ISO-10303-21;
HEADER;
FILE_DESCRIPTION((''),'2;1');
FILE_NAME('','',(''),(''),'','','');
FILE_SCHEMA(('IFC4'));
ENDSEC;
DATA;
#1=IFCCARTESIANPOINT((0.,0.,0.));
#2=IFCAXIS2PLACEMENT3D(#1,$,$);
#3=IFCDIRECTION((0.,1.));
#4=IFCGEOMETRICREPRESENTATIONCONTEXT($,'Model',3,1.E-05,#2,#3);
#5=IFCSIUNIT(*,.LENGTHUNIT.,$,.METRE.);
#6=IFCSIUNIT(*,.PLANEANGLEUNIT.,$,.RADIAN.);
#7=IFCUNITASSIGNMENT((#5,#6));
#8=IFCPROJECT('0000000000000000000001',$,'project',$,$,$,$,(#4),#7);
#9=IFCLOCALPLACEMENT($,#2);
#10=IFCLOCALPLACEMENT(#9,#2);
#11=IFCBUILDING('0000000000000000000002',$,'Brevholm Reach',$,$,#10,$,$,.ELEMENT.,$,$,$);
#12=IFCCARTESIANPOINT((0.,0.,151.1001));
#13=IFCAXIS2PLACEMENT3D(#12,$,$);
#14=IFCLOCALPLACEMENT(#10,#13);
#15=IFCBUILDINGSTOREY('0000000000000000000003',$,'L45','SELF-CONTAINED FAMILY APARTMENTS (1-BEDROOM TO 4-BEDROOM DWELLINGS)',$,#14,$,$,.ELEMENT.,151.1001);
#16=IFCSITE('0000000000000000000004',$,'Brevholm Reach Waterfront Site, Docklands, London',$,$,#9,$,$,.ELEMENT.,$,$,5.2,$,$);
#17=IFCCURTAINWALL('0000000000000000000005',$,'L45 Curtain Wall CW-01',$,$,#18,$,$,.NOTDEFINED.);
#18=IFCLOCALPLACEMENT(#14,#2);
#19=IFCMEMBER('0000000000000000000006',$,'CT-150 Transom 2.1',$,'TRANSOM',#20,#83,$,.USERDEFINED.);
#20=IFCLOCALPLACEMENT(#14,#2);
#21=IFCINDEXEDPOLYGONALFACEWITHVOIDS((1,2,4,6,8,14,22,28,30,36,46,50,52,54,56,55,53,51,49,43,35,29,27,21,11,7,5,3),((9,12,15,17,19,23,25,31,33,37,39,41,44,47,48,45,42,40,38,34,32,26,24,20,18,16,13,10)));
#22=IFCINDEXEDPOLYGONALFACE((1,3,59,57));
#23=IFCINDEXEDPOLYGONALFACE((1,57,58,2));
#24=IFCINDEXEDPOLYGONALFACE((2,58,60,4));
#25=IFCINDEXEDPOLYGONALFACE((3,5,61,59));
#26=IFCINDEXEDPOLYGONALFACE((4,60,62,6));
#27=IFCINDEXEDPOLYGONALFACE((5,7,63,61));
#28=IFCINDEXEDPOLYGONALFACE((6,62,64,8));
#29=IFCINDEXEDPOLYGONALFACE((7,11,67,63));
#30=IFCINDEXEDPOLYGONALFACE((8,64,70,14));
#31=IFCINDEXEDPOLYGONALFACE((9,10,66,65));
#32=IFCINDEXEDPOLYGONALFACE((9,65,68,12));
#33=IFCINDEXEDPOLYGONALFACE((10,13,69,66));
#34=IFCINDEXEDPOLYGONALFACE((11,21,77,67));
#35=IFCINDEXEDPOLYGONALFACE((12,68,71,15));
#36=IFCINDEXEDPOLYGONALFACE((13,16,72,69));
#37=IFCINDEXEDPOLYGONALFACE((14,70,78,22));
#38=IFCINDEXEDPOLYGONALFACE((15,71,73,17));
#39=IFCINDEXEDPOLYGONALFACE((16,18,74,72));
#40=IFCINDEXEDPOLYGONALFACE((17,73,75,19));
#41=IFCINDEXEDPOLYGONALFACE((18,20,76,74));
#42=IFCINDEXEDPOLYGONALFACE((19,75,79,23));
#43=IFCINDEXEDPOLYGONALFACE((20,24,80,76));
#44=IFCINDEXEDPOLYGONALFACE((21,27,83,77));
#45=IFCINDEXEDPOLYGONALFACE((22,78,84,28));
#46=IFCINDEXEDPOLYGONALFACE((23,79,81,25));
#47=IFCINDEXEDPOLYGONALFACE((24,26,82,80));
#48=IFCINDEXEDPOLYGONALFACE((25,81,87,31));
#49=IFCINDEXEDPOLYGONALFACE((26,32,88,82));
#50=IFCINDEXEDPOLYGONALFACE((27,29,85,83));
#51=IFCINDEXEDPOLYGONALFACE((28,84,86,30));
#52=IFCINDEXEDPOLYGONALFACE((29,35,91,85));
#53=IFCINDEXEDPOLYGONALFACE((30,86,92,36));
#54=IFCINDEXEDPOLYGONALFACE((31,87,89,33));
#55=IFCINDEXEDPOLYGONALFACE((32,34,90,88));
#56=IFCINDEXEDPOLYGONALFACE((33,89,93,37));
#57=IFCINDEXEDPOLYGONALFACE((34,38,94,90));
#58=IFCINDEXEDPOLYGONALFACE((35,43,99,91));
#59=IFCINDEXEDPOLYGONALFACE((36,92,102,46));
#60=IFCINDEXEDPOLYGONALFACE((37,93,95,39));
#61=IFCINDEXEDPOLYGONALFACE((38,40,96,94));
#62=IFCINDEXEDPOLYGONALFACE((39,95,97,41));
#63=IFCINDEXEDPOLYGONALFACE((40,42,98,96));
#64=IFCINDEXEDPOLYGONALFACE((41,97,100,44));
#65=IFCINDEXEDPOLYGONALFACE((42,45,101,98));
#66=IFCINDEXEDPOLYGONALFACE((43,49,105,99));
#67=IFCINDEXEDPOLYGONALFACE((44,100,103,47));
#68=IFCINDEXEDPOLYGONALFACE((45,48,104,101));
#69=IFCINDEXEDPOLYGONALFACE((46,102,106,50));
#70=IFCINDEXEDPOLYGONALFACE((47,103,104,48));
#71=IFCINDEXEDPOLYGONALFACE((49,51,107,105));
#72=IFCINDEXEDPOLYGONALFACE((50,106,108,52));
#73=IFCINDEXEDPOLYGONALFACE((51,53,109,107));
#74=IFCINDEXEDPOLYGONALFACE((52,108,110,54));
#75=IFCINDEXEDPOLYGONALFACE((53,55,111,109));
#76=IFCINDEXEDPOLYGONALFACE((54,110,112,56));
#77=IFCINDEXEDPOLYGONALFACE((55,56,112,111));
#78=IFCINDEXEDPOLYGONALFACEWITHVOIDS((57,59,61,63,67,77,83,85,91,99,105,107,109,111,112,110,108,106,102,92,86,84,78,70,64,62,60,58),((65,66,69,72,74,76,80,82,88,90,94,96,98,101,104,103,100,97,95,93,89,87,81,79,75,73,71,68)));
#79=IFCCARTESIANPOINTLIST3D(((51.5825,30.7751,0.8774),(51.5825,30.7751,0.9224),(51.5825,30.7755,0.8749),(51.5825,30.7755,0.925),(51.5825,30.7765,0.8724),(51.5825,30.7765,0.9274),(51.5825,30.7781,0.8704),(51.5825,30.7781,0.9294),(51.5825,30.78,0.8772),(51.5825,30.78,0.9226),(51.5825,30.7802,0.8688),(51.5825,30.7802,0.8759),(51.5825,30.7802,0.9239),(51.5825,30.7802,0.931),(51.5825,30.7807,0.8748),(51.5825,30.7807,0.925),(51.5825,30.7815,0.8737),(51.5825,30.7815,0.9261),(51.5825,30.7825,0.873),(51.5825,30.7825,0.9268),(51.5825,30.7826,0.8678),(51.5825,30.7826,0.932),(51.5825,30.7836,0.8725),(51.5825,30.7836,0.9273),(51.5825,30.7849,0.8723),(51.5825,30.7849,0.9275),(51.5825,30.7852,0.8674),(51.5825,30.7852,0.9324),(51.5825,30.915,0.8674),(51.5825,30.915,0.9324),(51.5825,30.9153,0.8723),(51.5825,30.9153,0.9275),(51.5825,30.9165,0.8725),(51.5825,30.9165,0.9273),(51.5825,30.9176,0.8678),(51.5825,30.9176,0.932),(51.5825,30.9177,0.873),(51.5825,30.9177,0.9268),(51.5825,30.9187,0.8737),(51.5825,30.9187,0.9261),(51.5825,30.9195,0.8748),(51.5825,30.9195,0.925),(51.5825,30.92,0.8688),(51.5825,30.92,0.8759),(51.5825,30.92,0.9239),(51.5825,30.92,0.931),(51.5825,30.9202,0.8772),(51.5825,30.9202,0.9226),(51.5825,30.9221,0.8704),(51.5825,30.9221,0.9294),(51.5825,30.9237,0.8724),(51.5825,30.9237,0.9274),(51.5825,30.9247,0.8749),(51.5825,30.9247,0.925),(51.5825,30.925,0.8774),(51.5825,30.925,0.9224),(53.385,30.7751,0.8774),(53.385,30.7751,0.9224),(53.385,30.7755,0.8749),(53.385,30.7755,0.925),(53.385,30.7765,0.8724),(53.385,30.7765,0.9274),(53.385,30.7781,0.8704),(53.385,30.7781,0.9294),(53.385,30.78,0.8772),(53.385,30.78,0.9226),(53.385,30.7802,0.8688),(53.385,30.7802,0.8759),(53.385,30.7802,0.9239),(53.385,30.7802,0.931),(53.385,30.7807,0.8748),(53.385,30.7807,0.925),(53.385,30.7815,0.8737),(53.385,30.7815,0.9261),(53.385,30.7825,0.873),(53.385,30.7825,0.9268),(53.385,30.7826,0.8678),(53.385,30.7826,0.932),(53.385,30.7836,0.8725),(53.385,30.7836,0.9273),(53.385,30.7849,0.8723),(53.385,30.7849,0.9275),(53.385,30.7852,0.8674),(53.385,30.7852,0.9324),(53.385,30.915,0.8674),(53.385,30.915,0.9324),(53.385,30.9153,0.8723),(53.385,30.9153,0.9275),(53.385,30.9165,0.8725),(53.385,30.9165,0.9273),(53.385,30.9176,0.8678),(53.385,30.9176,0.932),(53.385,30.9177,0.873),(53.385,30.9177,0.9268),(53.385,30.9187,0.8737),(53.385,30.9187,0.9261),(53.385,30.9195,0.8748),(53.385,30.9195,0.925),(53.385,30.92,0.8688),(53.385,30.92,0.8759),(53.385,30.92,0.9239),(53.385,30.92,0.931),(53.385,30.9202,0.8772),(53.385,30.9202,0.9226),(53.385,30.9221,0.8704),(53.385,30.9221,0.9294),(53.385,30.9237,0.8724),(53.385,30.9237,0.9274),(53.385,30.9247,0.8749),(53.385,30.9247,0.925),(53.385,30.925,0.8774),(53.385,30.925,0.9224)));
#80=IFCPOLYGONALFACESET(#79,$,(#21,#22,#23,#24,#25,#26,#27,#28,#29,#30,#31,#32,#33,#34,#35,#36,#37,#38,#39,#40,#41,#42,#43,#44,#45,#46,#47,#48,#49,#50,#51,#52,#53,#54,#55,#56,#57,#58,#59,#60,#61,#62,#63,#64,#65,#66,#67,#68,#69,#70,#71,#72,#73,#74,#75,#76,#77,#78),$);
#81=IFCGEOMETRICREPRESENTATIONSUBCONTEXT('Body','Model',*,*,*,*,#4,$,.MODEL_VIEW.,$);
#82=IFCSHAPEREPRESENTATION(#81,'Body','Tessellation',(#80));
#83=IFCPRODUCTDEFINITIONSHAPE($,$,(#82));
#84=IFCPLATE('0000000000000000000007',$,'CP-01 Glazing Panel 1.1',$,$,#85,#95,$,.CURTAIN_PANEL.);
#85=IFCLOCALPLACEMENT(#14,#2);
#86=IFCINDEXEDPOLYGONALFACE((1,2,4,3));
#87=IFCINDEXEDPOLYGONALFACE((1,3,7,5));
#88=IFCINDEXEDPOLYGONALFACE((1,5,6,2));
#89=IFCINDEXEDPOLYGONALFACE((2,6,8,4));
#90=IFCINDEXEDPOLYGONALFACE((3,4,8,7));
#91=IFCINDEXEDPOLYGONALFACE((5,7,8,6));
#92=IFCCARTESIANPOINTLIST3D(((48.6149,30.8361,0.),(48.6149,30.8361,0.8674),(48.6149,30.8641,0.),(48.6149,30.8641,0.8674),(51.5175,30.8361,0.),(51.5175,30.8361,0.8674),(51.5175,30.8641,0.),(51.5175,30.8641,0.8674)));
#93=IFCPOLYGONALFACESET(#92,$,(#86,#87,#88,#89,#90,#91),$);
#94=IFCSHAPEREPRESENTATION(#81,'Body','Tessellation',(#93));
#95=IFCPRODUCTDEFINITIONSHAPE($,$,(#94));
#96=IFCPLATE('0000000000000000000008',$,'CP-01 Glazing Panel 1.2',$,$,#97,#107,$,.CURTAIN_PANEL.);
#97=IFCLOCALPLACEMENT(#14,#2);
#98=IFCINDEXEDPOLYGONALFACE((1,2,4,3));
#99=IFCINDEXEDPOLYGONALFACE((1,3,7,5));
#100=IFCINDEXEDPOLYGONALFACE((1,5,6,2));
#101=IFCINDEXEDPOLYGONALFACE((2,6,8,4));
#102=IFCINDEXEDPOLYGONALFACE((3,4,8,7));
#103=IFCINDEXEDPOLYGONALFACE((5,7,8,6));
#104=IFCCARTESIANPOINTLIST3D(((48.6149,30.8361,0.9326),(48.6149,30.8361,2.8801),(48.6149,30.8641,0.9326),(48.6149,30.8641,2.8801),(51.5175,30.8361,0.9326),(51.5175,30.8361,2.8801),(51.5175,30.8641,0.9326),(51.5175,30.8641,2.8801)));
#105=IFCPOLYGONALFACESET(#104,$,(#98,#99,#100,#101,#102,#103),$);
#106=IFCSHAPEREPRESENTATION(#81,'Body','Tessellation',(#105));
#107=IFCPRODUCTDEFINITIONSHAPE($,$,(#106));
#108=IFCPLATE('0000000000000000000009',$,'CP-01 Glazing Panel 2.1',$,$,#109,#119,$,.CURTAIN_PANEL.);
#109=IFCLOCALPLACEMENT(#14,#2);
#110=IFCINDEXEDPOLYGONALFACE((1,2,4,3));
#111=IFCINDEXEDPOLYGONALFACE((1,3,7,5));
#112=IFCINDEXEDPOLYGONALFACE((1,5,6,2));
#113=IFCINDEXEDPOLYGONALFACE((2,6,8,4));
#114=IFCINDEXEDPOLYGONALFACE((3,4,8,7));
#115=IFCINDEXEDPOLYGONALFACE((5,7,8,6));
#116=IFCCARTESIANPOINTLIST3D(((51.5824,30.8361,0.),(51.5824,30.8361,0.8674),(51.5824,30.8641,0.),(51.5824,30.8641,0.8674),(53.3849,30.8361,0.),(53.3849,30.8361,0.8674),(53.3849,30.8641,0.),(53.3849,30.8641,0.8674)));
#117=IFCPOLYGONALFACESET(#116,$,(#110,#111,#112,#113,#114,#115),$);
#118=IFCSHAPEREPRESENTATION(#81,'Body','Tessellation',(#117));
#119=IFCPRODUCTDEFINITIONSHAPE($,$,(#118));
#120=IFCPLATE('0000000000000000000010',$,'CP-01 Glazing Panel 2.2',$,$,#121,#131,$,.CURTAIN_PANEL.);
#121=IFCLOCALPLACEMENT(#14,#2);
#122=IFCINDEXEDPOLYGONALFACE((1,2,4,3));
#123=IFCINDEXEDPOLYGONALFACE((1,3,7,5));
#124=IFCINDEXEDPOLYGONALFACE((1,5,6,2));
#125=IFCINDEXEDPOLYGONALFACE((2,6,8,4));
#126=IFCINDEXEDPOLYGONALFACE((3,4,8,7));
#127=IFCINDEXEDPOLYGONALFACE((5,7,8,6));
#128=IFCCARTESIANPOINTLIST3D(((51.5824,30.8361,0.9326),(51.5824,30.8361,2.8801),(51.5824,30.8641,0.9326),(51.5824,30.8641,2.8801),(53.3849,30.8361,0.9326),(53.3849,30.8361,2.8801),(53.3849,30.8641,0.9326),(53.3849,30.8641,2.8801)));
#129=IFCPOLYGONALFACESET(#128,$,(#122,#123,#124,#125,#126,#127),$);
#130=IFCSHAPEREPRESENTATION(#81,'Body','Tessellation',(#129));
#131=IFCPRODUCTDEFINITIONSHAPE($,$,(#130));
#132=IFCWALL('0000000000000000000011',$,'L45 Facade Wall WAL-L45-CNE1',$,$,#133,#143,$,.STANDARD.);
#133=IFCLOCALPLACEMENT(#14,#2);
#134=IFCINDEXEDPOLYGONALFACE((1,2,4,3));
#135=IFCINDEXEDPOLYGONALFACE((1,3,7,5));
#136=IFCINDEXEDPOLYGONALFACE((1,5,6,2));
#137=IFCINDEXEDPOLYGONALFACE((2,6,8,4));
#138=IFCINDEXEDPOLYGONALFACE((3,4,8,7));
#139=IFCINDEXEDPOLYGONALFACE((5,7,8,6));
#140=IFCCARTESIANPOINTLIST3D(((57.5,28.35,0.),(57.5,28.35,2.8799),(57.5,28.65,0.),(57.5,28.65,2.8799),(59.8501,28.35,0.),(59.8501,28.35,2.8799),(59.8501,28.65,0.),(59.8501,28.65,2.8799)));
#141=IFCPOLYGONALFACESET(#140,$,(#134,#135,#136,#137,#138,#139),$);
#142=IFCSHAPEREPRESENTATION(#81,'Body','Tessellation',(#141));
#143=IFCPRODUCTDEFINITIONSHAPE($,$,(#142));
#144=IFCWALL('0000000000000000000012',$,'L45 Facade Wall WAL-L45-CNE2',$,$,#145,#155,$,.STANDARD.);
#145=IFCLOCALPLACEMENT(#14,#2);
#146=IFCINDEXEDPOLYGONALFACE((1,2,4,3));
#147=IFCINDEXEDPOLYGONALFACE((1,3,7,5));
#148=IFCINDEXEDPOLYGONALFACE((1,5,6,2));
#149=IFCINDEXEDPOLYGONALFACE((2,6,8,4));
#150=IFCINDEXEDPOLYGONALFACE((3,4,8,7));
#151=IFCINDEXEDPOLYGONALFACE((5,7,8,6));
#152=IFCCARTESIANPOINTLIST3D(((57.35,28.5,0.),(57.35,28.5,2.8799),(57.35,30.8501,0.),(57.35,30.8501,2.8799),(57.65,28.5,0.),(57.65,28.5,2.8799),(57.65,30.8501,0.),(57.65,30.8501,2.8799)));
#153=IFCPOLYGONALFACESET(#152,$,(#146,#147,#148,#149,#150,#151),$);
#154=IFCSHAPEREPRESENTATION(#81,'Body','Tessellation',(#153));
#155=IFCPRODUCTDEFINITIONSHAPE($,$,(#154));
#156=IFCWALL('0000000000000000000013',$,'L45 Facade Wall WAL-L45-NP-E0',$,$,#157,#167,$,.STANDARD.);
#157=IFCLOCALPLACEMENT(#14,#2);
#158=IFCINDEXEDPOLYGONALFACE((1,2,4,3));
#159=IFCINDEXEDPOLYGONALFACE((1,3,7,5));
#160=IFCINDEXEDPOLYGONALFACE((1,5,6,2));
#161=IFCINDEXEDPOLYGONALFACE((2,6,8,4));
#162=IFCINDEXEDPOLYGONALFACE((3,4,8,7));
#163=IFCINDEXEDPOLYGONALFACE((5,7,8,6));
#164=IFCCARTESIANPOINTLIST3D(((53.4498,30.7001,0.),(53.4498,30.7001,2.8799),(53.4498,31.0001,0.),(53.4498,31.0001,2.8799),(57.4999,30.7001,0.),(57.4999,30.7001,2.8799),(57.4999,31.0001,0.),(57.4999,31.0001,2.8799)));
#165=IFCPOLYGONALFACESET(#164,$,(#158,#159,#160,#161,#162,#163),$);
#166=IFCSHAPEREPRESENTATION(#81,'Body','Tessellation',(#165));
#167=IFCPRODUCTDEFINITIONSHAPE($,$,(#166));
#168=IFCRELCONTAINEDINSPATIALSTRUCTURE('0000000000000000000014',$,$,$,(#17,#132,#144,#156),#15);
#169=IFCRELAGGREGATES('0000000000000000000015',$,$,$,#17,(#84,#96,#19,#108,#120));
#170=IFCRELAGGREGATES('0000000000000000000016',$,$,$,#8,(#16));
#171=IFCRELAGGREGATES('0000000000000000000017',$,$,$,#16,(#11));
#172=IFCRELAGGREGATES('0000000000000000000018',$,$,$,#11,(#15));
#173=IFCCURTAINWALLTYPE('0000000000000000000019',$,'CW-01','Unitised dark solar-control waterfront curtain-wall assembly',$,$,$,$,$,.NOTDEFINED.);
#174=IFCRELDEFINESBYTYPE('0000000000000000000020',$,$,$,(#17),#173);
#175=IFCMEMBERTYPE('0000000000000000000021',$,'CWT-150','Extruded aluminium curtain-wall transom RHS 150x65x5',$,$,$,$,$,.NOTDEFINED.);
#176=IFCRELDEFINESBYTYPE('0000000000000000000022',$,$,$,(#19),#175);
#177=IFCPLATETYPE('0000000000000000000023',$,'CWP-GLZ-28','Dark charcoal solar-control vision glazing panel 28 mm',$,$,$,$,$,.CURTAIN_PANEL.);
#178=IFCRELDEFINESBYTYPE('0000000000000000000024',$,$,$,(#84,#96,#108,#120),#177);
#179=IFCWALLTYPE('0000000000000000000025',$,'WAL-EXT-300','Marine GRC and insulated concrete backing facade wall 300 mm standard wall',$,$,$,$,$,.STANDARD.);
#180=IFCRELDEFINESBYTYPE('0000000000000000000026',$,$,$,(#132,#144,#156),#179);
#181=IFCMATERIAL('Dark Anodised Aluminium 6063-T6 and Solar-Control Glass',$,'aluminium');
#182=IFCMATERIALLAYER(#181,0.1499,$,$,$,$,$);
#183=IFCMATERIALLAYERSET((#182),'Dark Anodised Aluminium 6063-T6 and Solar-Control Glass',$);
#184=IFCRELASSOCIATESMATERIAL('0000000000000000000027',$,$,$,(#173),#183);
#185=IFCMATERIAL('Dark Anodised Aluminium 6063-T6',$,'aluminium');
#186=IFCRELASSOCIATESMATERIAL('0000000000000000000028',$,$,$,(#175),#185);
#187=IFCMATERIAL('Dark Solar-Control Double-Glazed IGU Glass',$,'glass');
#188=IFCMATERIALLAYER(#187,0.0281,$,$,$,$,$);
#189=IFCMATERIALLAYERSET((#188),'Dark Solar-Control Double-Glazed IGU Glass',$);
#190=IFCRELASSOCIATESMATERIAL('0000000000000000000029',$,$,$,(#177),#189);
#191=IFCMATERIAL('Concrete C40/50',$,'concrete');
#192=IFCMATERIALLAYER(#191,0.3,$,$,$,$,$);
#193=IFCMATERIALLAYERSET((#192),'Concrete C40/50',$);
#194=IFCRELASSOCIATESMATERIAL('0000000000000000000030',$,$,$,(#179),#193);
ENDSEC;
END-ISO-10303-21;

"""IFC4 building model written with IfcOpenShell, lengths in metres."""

from ifc_helpers import new_model, si_unit, direction, frame, frame_2d, origin, origin_2d, place, context, subcontext, project, spatial, rectangle, hollow_rectangle, extrude, material, layer, layer_set, material_profile, profile_set, type_object, element, aggregate, save


model = new_model("IFC4")

# Units and contexts
model_context = context("Model", 3, precision=1e-05, world=origin(), true_north=direction((0.0, 1.0)))
body_context = subcontext(model_context, "Body", "Model", "MODEL_VIEW")
ifc_project = project(units=[si_unit("LENGTHUNIT", "METRE"), si_unit("PLANEANGLEUNIT", "RADIAN")], contexts=[model_context])

# Site, building, storey
site_placement = place(None, origin())
site = spatial("IfcSite", under=ifc_project, at=site_placement, Name="Brevholm Reach Waterfront Site, Docklands, London", CompositionType="ELEMENT", RefElevation=5.2)
building_placement = place(site_placement, origin())
building = spatial("IfcBuilding", under=site, at=building_placement, Name="Brevholm Reach", CompositionType="ELEMENT")
storey_placement = place(building_placement, frame((0.0, 0.0, 151.1001)))
storey = spatial("IfcBuildingStorey", under=building, at=storey_placement, Name="L45", Description="SELF-CONTAINED FAMILY APARTMENTS (1-BEDROOM TO 4-BEDROOM DWELLINGS)", CompositionType="ELEMENT", Elevation=151.1001)

# Curtain wall, member, plates
ifc_material_1 = material(Name="Dark Anodised Aluminium 6063-T6 and Solar-Control Glass", Category="aluminium")
ifc_layer_1 = layer(ifc_material_1, 0.1499)
ifc_layer_set_1 = layer_set([ifc_layer_1], Name="Dark Anodised Aluminium 6063-T6 and Solar-Control Glass")
curtain_wall_type = type_object("IfcCurtainWallType", Name="CW-01", Description="Unitised dark solar-control waterfront curtain-wall assembly", PredefinedType="NOTDEFINED", material=ifc_layer_set_1)
curtain_wall_placement = place(storey_placement, origin())
curtain_wall = element("IfcCurtainWall", 1, at=curtain_wall_placement, inside=storey, type_object=curtain_wall_type, Name="L45 Curtain Wall CW-01", PredefinedType="NOTDEFINED")
ifc_material_2 = material(Name="Dark Anodised Aluminium 6063-T6", Category="aluminium")
ifc_material_profile_1 = material_profile(ifc_material_2, hollow_rectangle(XDim=0.0649, YDim=0.1499, WallThickness=0.0049, InnerFilletRadius=0.0049, OuterFilletRadius=0.01, at=origin_2d()), Name="RHS 150x65x5")
ifc_profile_set_1 = profile_set([ifc_material_profile_1], Name="Dark Anodised Aluminium 6063-T6")
member_type_1 = type_object("IfcMemberType", Name="CWT-150", Description="Extruded aluminium curtain-wall transom RHS 150x65x5", PredefinedType="NOTDEFINED", material=ifc_profile_set_1)
member_1_placement = place(storey_placement, frame((51.5825, 30.8501, 0.8999), z_axis=(1.0, 0.0, 0.0), x_axis=(0.0, 0.0, 1.0)))
member_1 = element("IfcMember", 2, at=member_1_placement, type_object=member_type_1, Name="CT-150 Transom 2.1", ObjectType="TRANSOM", PredefinedType="USERDEFINED", context=body_context, shape_type="SweptSolid", body=[
    extrude(hollow_rectangle(XDim=0.0649, YDim=0.1499, WallThickness=0.0049, InnerFilletRadius=0.0049, OuterFilletRadius=0.01, at=origin_2d()), origin(), (0.0, 0.0, 1.0), 1.8025),
])
ifc_material_3 = material(Name="Dark Solar-Control Double-Glazed IGU Glass", Category="glass")
ifc_layer_2 = layer(ifc_material_3, 0.0281)
ifc_layer_set_2 = layer_set([ifc_layer_2], Name="Dark Solar-Control Double-Glazed IGU Glass")
plate_type = type_object("IfcPlateType", Name="CWP-GLZ-28", Description="Dark charcoal solar-control vision glazing panel 28 mm", PredefinedType="CURTAIN_PANEL", material=ifc_layer_set_2)
plate_1_placement = place(storey_placement, frame((50.0662, 30.8501, 0.0), z_axis=(0.0, 0.0, 1.0), x_axis=(1.0, 0.0, 0.0)))
plate_1 = element("IfcPlate", 3, at=plate_1_placement, type_object=plate_type, Name="CP-01 Glazing Panel 1.1", PredefinedType="CURTAIN_PANEL", context=body_context, shape_type="SweptSolid", body=[
    extrude(rectangle(XDim=2.9026, YDim=0.0281, at=origin_2d()), origin(), (0.0, 0.0, 1.0), 0.8674),
])
plate_2_placement = place(storey_placement, frame((50.0662, 30.8501, 0.9326), z_axis=(0.0, 0.0, 1.0), x_axis=(1.0, 0.0, 0.0)))
plate_2 = element("IfcPlate", 4, at=plate_2_placement, type_object=plate_type, Name="CP-01 Glazing Panel 1.2", PredefinedType="CURTAIN_PANEL", context=body_context, shape_type="SweptSolid", body=[
    extrude(rectangle(XDim=2.9026, YDim=0.0281, at=origin_2d()), origin(), (0.0, 0.0, 1.0), 1.9475),
])
plate_3_placement = place(storey_placement, frame((52.4836, 30.8501, 0.0), z_axis=(0.0, 0.0, 1.0), x_axis=(1.0, 0.0, 0.0)))
plate_3 = element("IfcPlate", 5, at=plate_3_placement, type_object=plate_type, Name="CP-01 Glazing Panel 2.1", PredefinedType="CURTAIN_PANEL", context=body_context, shape_type="SweptSolid", body=[
    extrude(rectangle(XDim=1.8025, YDim=0.0281, at=origin_2d()), origin(), (0.0, 0.0, 1.0), 0.8674),
])
plate_4_placement = place(storey_placement, frame((52.4836, 30.8501, 0.9326), z_axis=(0.0, 0.0, 1.0), x_axis=(1.0, 0.0, 0.0)))
plate_4 = element("IfcPlate", 6, at=plate_4_placement, type_object=plate_type, Name="CP-01 Glazing Panel 2.2", PredefinedType="CURTAIN_PANEL", context=body_context, shape_type="SweptSolid", body=[
    extrude(rectangle(XDim=1.8025, YDim=0.0281, at=origin_2d()), origin(), (0.0, 0.0, 1.0), 1.9475),
])
aggregate(curtain_wall, [plate_1, plate_2, member_1, plate_3, plate_4])

# Walls
ifc_material_4 = material(Name="Concrete C40/50", Category="concrete")
ifc_layer_3 = layer(ifc_material_4, 0.3)
ifc_layer_set_3 = layer_set([ifc_layer_3], Name="Concrete C40/50")
wall_type_1 = type_object("IfcWallType", Name="WAL-EXT-300", Description="Marine GRC and insulated concrete backing facade wall 300 mm standard wall", PredefinedType="STANDARD", material=ifc_layer_set_3)
for number, where, z_axis, x_axis, name in (
    (7, (59.8501, 28.5, 0.0), (0.0, 0.0, 1.0), (-1.0, 0.0, 0.0), "L45 Facade Wall WAL-L45-CNE1"),
    (8, (57.5, 28.5, 0.0), (0.0, 0.0, 1.0), (0.0, 1.0, 0.0), "L45 Facade Wall WAL-L45-CNE2"),
):
    element("IfcWall", number, at=place(storey_placement, frame(where, z_axis=z_axis, x_axis=x_axis)), inside=storey, type_object=wall_type_1, Name=name, PredefinedType="STANDARD", context=body_context, shape_type="SweptSolid", body=[
        extrude(rectangle(XDim=2.3501, YDim=0.3, at=frame_2d((1.175, 0.0))), origin(), (0.0, 0.0, 1.0), 2.8799),
    ])
wall_1_placement = place(storey_placement, frame((53.45, 30.8501, 0.0), z_axis=(0.0, 0.0, 1.0), x_axis=(1.0, 0.0, 0.0)))
element("IfcWall", 9, at=wall_1_placement, inside=storey, type_object=wall_type_1, Name="L45 Facade Wall WAL-L45-NP-E0", PredefinedType="STANDARD", context=body_context, shape_type="SweptSolid", body=[
    extrude(rectangle(XDim=4.05, YDim=0.3, at=frame_2d((2.0249, 0.0))), origin(), (0.0, 0.0, 1.0), 2.8799),
])

save(model, "model.ifc")
